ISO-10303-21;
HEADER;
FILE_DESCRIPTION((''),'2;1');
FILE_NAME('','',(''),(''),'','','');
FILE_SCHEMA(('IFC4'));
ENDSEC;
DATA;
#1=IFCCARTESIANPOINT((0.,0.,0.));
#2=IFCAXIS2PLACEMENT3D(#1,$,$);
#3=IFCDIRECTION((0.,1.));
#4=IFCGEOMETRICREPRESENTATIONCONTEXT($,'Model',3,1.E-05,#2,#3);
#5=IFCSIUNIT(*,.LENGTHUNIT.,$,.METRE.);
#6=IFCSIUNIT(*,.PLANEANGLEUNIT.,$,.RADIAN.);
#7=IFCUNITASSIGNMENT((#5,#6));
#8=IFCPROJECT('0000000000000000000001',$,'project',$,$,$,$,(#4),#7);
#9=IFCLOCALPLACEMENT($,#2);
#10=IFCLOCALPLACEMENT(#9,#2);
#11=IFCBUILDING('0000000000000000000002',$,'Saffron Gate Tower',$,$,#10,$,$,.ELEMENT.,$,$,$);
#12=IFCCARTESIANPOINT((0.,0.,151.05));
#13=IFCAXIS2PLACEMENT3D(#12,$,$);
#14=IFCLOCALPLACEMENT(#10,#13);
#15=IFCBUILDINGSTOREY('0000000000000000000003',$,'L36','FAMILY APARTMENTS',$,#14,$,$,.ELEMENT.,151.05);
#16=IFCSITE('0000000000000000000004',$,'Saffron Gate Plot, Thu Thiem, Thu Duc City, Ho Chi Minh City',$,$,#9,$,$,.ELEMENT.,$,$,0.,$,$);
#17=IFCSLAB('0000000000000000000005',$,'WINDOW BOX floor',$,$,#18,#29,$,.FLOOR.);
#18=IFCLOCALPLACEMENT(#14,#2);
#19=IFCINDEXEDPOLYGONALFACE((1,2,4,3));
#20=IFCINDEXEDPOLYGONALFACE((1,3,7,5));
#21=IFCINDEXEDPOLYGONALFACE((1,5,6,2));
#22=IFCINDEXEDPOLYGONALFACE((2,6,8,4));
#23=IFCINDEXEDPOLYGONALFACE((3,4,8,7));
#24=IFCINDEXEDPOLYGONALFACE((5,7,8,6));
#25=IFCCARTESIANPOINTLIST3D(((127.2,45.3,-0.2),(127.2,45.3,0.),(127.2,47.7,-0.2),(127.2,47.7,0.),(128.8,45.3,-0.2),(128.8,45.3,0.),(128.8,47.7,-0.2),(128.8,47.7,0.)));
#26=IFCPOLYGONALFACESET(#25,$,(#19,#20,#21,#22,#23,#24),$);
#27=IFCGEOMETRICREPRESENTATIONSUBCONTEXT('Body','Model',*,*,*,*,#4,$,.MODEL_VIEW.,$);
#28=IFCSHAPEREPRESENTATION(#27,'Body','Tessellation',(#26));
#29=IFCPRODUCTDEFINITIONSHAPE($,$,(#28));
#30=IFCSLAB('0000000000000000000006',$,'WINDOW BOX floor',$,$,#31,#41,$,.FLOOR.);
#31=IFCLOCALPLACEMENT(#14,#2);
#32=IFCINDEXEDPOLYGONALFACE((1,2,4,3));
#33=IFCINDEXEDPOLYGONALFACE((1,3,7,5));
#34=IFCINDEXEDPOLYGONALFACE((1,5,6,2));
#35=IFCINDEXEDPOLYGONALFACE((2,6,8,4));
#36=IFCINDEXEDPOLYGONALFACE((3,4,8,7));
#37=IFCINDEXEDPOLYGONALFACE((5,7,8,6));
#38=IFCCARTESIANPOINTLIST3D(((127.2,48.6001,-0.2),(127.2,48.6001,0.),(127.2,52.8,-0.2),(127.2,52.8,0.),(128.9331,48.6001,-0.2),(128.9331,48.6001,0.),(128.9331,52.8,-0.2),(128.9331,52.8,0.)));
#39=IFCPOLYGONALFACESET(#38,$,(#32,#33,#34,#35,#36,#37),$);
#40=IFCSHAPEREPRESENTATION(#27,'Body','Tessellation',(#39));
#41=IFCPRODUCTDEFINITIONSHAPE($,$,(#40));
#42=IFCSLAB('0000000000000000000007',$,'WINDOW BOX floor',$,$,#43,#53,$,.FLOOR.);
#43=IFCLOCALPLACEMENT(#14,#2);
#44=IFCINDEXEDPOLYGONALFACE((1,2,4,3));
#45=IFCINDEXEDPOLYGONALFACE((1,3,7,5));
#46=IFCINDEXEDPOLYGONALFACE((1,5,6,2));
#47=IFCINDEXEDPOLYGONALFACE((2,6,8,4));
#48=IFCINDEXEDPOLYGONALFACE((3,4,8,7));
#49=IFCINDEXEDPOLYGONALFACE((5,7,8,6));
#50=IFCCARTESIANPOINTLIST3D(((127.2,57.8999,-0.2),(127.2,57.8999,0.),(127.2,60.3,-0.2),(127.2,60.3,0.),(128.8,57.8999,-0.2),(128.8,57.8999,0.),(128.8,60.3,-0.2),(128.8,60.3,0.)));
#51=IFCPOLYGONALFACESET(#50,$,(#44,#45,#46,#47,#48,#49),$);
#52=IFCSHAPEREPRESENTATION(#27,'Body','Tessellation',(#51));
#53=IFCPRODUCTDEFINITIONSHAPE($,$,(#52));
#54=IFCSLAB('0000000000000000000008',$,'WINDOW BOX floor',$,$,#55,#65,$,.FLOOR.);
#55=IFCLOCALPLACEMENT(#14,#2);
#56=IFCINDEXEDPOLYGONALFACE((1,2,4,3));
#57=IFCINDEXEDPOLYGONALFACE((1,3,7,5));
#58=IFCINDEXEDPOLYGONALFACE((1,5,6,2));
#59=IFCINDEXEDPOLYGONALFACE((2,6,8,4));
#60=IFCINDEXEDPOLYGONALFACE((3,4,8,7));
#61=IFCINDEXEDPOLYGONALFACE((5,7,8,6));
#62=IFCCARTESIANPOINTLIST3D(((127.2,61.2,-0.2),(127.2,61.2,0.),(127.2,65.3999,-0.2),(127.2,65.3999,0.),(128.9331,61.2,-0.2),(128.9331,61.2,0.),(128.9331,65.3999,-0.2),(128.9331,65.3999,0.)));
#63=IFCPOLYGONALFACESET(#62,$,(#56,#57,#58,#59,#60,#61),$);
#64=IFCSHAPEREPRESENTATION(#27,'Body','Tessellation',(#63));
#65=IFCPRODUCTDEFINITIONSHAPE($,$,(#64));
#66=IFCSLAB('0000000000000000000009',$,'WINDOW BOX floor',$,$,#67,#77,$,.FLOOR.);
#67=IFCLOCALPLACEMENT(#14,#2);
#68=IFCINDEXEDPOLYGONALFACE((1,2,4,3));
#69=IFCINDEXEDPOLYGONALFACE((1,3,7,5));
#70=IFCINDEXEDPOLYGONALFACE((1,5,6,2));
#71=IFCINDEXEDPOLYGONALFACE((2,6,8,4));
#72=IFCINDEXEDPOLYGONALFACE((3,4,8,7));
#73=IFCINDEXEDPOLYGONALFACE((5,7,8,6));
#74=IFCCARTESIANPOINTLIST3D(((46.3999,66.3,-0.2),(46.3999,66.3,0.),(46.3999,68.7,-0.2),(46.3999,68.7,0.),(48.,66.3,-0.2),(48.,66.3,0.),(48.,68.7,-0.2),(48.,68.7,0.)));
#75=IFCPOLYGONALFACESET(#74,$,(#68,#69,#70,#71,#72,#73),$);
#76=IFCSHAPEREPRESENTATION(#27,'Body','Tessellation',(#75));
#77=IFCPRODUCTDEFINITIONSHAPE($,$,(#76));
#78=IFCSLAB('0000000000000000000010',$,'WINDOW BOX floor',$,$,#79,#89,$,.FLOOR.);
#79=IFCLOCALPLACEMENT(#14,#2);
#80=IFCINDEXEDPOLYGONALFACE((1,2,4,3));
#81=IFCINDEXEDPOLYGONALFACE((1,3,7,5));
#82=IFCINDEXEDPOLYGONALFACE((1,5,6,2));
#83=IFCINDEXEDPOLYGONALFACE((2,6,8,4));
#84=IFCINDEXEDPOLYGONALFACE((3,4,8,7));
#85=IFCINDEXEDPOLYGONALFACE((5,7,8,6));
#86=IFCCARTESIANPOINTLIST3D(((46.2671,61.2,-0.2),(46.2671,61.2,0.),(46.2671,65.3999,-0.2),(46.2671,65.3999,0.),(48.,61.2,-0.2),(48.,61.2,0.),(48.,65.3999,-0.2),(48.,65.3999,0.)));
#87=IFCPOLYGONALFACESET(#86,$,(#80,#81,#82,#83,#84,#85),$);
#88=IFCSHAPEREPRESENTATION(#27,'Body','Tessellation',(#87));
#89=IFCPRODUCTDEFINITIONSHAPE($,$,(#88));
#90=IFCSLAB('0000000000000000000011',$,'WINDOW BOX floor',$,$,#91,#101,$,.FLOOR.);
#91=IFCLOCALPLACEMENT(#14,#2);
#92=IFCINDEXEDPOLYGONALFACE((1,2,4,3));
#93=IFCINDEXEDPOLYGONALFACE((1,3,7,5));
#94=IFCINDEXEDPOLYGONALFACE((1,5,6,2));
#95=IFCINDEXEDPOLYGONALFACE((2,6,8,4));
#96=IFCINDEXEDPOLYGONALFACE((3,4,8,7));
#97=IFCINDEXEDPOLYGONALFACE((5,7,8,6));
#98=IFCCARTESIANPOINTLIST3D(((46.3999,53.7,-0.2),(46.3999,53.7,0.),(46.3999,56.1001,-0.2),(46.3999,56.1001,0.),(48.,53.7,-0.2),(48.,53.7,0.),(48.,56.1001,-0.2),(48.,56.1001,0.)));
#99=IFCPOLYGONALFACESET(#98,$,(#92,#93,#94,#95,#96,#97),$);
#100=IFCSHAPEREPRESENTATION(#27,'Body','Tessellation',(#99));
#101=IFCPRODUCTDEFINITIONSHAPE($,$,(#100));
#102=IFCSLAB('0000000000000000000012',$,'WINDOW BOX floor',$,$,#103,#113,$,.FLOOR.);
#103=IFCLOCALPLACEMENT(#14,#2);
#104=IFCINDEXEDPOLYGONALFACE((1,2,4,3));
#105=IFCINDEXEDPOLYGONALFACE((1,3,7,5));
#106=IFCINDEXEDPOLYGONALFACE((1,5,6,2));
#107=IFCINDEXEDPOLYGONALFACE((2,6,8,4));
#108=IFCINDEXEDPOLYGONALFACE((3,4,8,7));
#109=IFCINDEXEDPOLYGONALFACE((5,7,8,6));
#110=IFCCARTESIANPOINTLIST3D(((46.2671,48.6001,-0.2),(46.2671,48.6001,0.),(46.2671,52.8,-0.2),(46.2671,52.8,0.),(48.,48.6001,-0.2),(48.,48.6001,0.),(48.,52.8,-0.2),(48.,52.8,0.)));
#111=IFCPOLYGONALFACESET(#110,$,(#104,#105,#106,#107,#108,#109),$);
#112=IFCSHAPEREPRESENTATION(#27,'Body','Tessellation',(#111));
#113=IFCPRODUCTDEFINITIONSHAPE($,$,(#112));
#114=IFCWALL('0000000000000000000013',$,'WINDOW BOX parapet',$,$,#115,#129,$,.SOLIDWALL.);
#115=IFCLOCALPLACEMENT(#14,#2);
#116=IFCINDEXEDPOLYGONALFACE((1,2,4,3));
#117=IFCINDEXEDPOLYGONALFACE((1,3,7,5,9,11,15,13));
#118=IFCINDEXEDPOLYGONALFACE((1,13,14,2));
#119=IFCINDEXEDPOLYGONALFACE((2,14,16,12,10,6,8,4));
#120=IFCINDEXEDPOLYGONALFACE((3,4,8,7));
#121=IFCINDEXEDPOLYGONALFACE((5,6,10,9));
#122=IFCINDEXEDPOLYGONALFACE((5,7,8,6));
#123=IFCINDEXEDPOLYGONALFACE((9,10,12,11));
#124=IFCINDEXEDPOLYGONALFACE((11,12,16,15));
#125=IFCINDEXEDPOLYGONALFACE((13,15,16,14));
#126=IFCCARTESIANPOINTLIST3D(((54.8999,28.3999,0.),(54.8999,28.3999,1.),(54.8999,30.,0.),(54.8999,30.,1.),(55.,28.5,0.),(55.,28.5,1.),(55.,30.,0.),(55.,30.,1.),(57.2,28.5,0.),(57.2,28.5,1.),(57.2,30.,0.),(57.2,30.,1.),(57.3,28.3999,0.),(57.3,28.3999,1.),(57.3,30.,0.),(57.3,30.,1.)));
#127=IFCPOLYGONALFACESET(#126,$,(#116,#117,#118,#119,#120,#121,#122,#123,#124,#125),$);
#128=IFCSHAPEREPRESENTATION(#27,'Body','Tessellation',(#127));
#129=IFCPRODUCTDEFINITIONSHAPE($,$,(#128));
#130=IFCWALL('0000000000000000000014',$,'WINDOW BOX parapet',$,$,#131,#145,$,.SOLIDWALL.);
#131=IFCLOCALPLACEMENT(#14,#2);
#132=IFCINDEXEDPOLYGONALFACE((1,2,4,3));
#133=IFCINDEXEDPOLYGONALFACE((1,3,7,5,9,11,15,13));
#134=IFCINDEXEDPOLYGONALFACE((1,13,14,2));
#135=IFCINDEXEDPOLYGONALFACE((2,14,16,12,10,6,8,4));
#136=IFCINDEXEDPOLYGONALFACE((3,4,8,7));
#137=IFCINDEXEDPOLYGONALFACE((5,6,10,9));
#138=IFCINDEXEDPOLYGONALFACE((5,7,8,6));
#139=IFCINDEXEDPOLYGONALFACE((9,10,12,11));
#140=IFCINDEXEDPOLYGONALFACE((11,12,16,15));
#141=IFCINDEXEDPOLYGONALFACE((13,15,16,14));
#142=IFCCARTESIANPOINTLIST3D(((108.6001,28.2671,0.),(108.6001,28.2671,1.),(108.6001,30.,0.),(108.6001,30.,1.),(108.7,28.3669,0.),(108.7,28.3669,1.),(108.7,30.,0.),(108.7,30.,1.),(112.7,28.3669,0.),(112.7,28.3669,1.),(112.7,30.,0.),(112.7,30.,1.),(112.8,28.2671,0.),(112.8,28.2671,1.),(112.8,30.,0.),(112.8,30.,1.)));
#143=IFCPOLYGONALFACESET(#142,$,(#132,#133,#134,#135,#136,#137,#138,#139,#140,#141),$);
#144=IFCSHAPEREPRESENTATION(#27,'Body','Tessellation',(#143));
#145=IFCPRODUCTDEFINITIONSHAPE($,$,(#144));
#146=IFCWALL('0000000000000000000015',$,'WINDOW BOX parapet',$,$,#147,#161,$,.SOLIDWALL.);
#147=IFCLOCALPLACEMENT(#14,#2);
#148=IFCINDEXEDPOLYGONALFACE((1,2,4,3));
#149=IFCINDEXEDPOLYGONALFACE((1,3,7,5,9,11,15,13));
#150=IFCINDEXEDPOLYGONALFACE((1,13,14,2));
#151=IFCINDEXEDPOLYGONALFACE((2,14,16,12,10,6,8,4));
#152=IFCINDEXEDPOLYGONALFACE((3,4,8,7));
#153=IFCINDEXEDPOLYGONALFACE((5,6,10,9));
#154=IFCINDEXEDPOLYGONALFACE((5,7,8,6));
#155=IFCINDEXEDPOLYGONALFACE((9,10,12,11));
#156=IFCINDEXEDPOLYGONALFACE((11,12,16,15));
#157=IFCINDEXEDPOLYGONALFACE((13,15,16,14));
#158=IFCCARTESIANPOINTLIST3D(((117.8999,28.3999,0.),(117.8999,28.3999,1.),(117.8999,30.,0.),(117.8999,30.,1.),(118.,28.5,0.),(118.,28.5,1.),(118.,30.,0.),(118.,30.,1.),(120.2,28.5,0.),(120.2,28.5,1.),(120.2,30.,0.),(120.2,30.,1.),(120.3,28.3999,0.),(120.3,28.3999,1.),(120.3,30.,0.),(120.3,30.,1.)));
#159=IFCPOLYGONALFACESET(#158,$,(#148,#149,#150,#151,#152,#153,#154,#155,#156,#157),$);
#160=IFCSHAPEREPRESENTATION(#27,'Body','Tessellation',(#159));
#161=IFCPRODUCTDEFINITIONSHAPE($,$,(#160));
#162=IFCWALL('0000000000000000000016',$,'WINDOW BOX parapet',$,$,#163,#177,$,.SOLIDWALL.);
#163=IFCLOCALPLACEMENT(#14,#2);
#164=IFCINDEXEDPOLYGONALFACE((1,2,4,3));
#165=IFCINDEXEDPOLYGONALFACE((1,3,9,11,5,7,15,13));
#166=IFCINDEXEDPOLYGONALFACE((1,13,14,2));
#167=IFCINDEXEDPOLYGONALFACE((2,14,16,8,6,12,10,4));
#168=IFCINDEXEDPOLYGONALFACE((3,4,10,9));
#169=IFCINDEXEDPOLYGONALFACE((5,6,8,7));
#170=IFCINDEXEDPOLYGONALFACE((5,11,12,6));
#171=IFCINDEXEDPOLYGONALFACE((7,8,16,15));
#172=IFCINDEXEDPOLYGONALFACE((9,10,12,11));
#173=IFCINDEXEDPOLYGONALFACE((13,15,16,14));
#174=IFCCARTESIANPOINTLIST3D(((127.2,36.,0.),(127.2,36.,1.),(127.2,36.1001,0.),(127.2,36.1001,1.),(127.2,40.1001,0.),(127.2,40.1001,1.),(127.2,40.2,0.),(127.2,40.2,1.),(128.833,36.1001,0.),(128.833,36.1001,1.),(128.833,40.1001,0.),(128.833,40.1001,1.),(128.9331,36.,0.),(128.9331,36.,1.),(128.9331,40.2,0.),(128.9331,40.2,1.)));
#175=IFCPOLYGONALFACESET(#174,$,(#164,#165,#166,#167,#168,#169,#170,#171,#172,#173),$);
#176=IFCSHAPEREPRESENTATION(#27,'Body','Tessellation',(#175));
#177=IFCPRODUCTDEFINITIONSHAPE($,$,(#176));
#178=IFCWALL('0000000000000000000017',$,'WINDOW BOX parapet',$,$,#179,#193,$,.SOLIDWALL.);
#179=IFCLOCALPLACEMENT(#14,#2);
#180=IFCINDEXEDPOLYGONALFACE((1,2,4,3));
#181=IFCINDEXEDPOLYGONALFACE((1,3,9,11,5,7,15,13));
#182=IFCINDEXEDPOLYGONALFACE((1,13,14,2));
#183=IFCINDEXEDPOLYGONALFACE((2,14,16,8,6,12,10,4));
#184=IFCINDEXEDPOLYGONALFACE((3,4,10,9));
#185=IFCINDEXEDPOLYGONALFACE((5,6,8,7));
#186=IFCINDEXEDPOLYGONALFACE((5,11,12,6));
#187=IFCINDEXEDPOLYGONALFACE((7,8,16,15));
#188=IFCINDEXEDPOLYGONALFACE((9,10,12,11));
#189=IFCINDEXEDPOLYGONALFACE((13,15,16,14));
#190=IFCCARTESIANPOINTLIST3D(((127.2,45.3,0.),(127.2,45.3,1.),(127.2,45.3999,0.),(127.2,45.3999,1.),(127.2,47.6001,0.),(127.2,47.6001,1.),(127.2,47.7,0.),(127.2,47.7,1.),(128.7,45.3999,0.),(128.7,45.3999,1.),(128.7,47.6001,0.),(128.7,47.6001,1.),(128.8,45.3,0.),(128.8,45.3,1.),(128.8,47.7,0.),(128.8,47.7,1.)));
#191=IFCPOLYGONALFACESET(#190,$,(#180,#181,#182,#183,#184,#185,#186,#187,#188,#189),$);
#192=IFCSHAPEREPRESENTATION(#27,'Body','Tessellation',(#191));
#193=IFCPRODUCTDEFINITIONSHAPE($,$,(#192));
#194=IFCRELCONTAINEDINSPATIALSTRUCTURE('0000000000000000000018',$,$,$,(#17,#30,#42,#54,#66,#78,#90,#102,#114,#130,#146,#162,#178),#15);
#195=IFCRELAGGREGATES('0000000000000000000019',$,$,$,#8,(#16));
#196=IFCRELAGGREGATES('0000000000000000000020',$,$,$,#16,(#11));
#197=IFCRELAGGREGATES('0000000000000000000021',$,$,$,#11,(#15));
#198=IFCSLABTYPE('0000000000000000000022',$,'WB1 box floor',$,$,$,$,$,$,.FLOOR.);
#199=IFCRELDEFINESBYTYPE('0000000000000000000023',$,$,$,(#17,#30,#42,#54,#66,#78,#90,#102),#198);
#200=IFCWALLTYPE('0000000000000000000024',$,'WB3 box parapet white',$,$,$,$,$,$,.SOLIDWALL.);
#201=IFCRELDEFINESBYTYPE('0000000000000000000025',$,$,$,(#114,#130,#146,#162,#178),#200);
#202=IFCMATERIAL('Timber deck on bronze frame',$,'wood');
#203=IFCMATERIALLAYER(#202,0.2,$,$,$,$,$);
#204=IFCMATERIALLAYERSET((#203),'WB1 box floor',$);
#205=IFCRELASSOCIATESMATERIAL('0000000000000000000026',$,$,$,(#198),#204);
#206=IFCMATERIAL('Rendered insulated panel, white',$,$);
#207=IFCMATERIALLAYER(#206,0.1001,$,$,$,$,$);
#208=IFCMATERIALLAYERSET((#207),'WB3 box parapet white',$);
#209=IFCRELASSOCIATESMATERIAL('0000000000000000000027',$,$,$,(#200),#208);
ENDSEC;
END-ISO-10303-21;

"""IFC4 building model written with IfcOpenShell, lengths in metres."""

from ifc_helpers import new_model, si_unit, direction, frame, origin, place, context, subcontext, project, spatial, polyline, outline, extrude, material, layer, layer_set, type_object, element, save


model = new_model("IFC4")

# Units and contexts
model_context = context("Model", 3, precision=1e-05, world=origin(), true_north=direction((0.0, 1.0)))
body_context = subcontext(model_context, "Body", "Model", "MODEL_VIEW")
ifc_project = project(units=[si_unit("LENGTHUNIT", "METRE"), si_unit("PLANEANGLEUNIT", "RADIAN")], contexts=[model_context])

# Site, building, storey
site_placement = place(None, origin())
site = spatial("IfcSite", under=ifc_project, at=site_placement, Name="Saffron Gate Plot, Thu Thiem, Thu Duc City, Ho Chi Minh City", CompositionType="ELEMENT", RefElevation=0.0)
building_placement = place(site_placement, origin())
building = spatial("IfcBuilding", under=site, at=building_placement, Name="Saffron Gate Tower", CompositionType="ELEMENT")
storey_placement = place(building_placement, frame((0.0, 0.0, 151.05)))
storey = spatial("IfcBuildingStorey", under=building, at=storey_placement, Name="L36", Description="FAMILY APARTMENTS", CompositionType="ELEMENT", Elevation=151.05)

# Slabs
ifc_material_1 = material(Name="Timber deck on bronze frame", Category="wood")
ifc_layer_1 = layer(ifc_material_1, 0.2)
ifc_layer_set_1 = layer_set([ifc_layer_1], Name="WB1 box floor")
slab_type_1 = type_object("IfcSlabType", Name="WB1 box floor", PredefinedType="FLOOR", material=ifc_layer_set_1)
slab_1_placement = place(storey_placement, frame((0.0, 0.0, -0.2)))
element("IfcSlab", 1, at=slab_1_placement, inside=storey, type_object=slab_type_1, Name="WINDOW BOX floor", PredefinedType="FLOOR", context=body_context, shape_type="SweptSolid", body=[
    extrude(outline(polyline([(127.2, 45.3), (127.2, 47.7), (128.8, 47.7), (128.8, 45.3), (127.2, 45.3)])), origin(), (0.0, 0.0, 1.0), 0.2),
])
slab_2_placement = place(storey_placement, frame((0.0, 0.0, -0.2)))
element("IfcSlab", 2, at=slab_2_placement, inside=storey, type_object=slab_type_1, Name="WINDOW BOX floor", PredefinedType="FLOOR", context=body_context, shape_type="SweptSolid", body=[
    extrude(outline(polyline([(127.2, 48.6001), (127.2, 52.8), (128.9331, 52.8), (128.9331, 48.6001), (127.2, 48.6001)])), origin(), (0.0, 0.0, 1.0), 0.2),
])
slab_3_placement = place(storey_placement, frame((0.0, 0.0, -0.2)))
element("IfcSlab", 3, at=slab_3_placement, inside=storey, type_object=slab_type_1, Name="WINDOW BOX floor", PredefinedType="FLOOR", context=body_context, shape_type="SweptSolid", body=[
    extrude(outline(polyline([(127.2, 57.8999), (127.2, 60.3), (128.8, 60.3), (128.8, 57.8999), (127.2, 57.8999)])), origin(), (0.0, 0.0, 1.0), 0.2),
])
slab_4_placement = place(storey_placement, frame((0.0, 0.0, -0.2)))
element("IfcSlab", 4, at=slab_4_placement, inside=storey, type_object=slab_type_1, Name="WINDOW BOX floor", PredefinedType="FLOOR", context=body_context, shape_type="SweptSolid", body=[
    extrude(outline(polyline([(127.2, 61.2), (127.2, 65.3999), (128.9331, 65.3999), (128.9331, 61.2), (127.2, 61.2)])), origin(), (0.0, 0.0, 1.0), 0.2),
])
slab_5_placement = place(storey_placement, frame((0.0, 0.0, -0.2)))
element("IfcSlab", 5, at=slab_5_placement, inside=storey, type_object=slab_type_1, Name="WINDOW BOX floor", PredefinedType="FLOOR", context=body_context, shape_type="SweptSolid", body=[
    extrude(outline(polyline([(48.0, 68.7), (48.0, 66.3), (46.3999, 66.3), (46.3999, 68.7), (48.0, 68.7)])), origin(), (0.0, 0.0, 1.0), 0.2),
])
slab_6_placement = place(storey_placement, frame((0.0, 0.0, -0.2)))
element("IfcSlab", 6, at=slab_6_placement, inside=storey, type_object=slab_type_1, Name="WINDOW BOX floor", PredefinedType="FLOOR", context=body_context, shape_type="SweptSolid", body=[
    extrude(outline(polyline([(48.0, 65.3999), (48.0, 61.2), (46.2671, 61.2), (46.2671, 65.3999), (48.0, 65.3999)])), origin(), (0.0, 0.0, 1.0), 0.2),
])
slab_7_placement = place(storey_placement, frame((0.0, 0.0, -0.2)))
element("IfcSlab", 7, at=slab_7_placement, inside=storey, type_object=slab_type_1, Name="WINDOW BOX floor", PredefinedType="FLOOR", context=body_context, shape_type="SweptSolid", body=[
    extrude(outline(polyline([(48.0, 56.1001), (48.0, 53.7), (46.3999, 53.7), (46.3999, 56.1001), (48.0, 56.1001)])), origin(), (0.0, 0.0, 1.0), 0.2),
])
slab_8_placement = place(storey_placement, frame((0.0, 0.0, -0.2)))
element("IfcSlab", 8, at=slab_8_placement, inside=storey, type_object=slab_type_1, Name="WINDOW BOX floor", PredefinedType="FLOOR", context=body_context, shape_type="SweptSolid", body=[
    extrude(outline(polyline([(48.0, 52.8), (48.0, 48.6001), (46.2671, 48.6001), (46.2671, 52.8), (48.0, 52.8)])), origin(), (0.0, 0.0, 1.0), 0.2),
])

# Walls
ifc_material_2 = material(Name="Rendered insulated panel, white")
ifc_layer_2 = layer(ifc_material_2, 0.1001)
ifc_layer_set_2 = layer_set([ifc_layer_2], Name="WB3 box parapet white")
wall_type = type_object("IfcWallType", Name="WB3 box parapet white", PredefinedType="SOLIDWALL", material=ifc_layer_set_2)
wall_1_placement = place(storey_placement, origin())
element("IfcWall", 9, at=wall_1_placement, inside=storey, type_object=wall_type, Name="WINDOW BOX parapet", PredefinedType="SOLIDWALL", context=body_context, shape_type="SweptSolid", body=[
    extrude(outline(polyline([(54.8999, 30.0), (55.0, 30.0), (55.0, 28.5), (57.2, 28.5), (57.2, 30.0), (57.3, 30.0), (57.3, 28.3999), (54.8999, 28.3999), (54.8999, 30.0)])), origin(), (0.0, 0.0, 1.0), 1.0),
])
wall_2_placement = place(storey_placement, origin())
element("IfcWall", 10, at=wall_2_placement, inside=storey, type_object=wall_type, Name="WINDOW BOX parapet", PredefinedType="SOLIDWALL", context=body_context, shape_type="SweptSolid", body=[
    extrude(outline(polyline([(108.6001, 30.0), (108.7, 30.0), (108.7, 28.3669), (112.7, 28.3669), (112.7, 30.0), (112.8, 30.0), (112.8, 28.2671), (108.6001, 28.2671), (108.6001, 30.0)])), origin(), (0.0, 0.0, 1.0), 1.0),
])
wall_3_placement = place(storey_placement, origin())
element("IfcWall", 11, at=wall_3_placement, inside=storey, type_object=wall_type, Name="WINDOW BOX parapet", PredefinedType="SOLIDWALL", context=body_context, shape_type="SweptSolid", body=[
    extrude(outline(polyline([(117.8999, 30.0), (118.0, 30.0), (118.0, 28.5), (120.2, 28.5), (120.2, 30.0), (120.3, 30.0), (120.3, 28.3999), (117.8999, 28.3999), (117.8999, 30.0)])), origin(), (0.0, 0.0, 1.0), 1.0),
])
wall_4_placement = place(storey_placement, origin())
element("IfcWall", 12, at=wall_4_placement, inside=storey, type_object=wall_type, Name="WINDOW BOX parapet", PredefinedType="SOLIDWALL", context=body_context, shape_type="SweptSolid", body=[
    extrude(outline(polyline([(127.2, 36.0), (127.2, 36.1001), (128.833, 36.1001), (128.833, 40.1001), (127.2, 40.1001), (127.2, 40.2), (128.9331, 40.2), (128.9331, 36.0), (127.2, 36.0)])), origin(), (0.0, 0.0, 1.0), 1.0),
])
wall_5_placement = place(storey_placement, origin())
element("IfcWall", 13, at=wall_5_placement, inside=storey, type_object=wall_type, Name="WINDOW BOX parapet", PredefinedType="SOLIDWALL", context=body_context, shape_type="SweptSolid", body=[
    extrude(outline(polyline([(127.2, 45.3), (127.2, 45.3999), (128.7, 45.3999), (128.7, 47.6001), (127.2, 47.6001), (127.2, 47.7), (128.8, 47.7), (128.8, 45.3), (127.2, 45.3)])), origin(), (0.0, 0.0, 1.0), 1.0),
])

save(model, "model.ifc")
